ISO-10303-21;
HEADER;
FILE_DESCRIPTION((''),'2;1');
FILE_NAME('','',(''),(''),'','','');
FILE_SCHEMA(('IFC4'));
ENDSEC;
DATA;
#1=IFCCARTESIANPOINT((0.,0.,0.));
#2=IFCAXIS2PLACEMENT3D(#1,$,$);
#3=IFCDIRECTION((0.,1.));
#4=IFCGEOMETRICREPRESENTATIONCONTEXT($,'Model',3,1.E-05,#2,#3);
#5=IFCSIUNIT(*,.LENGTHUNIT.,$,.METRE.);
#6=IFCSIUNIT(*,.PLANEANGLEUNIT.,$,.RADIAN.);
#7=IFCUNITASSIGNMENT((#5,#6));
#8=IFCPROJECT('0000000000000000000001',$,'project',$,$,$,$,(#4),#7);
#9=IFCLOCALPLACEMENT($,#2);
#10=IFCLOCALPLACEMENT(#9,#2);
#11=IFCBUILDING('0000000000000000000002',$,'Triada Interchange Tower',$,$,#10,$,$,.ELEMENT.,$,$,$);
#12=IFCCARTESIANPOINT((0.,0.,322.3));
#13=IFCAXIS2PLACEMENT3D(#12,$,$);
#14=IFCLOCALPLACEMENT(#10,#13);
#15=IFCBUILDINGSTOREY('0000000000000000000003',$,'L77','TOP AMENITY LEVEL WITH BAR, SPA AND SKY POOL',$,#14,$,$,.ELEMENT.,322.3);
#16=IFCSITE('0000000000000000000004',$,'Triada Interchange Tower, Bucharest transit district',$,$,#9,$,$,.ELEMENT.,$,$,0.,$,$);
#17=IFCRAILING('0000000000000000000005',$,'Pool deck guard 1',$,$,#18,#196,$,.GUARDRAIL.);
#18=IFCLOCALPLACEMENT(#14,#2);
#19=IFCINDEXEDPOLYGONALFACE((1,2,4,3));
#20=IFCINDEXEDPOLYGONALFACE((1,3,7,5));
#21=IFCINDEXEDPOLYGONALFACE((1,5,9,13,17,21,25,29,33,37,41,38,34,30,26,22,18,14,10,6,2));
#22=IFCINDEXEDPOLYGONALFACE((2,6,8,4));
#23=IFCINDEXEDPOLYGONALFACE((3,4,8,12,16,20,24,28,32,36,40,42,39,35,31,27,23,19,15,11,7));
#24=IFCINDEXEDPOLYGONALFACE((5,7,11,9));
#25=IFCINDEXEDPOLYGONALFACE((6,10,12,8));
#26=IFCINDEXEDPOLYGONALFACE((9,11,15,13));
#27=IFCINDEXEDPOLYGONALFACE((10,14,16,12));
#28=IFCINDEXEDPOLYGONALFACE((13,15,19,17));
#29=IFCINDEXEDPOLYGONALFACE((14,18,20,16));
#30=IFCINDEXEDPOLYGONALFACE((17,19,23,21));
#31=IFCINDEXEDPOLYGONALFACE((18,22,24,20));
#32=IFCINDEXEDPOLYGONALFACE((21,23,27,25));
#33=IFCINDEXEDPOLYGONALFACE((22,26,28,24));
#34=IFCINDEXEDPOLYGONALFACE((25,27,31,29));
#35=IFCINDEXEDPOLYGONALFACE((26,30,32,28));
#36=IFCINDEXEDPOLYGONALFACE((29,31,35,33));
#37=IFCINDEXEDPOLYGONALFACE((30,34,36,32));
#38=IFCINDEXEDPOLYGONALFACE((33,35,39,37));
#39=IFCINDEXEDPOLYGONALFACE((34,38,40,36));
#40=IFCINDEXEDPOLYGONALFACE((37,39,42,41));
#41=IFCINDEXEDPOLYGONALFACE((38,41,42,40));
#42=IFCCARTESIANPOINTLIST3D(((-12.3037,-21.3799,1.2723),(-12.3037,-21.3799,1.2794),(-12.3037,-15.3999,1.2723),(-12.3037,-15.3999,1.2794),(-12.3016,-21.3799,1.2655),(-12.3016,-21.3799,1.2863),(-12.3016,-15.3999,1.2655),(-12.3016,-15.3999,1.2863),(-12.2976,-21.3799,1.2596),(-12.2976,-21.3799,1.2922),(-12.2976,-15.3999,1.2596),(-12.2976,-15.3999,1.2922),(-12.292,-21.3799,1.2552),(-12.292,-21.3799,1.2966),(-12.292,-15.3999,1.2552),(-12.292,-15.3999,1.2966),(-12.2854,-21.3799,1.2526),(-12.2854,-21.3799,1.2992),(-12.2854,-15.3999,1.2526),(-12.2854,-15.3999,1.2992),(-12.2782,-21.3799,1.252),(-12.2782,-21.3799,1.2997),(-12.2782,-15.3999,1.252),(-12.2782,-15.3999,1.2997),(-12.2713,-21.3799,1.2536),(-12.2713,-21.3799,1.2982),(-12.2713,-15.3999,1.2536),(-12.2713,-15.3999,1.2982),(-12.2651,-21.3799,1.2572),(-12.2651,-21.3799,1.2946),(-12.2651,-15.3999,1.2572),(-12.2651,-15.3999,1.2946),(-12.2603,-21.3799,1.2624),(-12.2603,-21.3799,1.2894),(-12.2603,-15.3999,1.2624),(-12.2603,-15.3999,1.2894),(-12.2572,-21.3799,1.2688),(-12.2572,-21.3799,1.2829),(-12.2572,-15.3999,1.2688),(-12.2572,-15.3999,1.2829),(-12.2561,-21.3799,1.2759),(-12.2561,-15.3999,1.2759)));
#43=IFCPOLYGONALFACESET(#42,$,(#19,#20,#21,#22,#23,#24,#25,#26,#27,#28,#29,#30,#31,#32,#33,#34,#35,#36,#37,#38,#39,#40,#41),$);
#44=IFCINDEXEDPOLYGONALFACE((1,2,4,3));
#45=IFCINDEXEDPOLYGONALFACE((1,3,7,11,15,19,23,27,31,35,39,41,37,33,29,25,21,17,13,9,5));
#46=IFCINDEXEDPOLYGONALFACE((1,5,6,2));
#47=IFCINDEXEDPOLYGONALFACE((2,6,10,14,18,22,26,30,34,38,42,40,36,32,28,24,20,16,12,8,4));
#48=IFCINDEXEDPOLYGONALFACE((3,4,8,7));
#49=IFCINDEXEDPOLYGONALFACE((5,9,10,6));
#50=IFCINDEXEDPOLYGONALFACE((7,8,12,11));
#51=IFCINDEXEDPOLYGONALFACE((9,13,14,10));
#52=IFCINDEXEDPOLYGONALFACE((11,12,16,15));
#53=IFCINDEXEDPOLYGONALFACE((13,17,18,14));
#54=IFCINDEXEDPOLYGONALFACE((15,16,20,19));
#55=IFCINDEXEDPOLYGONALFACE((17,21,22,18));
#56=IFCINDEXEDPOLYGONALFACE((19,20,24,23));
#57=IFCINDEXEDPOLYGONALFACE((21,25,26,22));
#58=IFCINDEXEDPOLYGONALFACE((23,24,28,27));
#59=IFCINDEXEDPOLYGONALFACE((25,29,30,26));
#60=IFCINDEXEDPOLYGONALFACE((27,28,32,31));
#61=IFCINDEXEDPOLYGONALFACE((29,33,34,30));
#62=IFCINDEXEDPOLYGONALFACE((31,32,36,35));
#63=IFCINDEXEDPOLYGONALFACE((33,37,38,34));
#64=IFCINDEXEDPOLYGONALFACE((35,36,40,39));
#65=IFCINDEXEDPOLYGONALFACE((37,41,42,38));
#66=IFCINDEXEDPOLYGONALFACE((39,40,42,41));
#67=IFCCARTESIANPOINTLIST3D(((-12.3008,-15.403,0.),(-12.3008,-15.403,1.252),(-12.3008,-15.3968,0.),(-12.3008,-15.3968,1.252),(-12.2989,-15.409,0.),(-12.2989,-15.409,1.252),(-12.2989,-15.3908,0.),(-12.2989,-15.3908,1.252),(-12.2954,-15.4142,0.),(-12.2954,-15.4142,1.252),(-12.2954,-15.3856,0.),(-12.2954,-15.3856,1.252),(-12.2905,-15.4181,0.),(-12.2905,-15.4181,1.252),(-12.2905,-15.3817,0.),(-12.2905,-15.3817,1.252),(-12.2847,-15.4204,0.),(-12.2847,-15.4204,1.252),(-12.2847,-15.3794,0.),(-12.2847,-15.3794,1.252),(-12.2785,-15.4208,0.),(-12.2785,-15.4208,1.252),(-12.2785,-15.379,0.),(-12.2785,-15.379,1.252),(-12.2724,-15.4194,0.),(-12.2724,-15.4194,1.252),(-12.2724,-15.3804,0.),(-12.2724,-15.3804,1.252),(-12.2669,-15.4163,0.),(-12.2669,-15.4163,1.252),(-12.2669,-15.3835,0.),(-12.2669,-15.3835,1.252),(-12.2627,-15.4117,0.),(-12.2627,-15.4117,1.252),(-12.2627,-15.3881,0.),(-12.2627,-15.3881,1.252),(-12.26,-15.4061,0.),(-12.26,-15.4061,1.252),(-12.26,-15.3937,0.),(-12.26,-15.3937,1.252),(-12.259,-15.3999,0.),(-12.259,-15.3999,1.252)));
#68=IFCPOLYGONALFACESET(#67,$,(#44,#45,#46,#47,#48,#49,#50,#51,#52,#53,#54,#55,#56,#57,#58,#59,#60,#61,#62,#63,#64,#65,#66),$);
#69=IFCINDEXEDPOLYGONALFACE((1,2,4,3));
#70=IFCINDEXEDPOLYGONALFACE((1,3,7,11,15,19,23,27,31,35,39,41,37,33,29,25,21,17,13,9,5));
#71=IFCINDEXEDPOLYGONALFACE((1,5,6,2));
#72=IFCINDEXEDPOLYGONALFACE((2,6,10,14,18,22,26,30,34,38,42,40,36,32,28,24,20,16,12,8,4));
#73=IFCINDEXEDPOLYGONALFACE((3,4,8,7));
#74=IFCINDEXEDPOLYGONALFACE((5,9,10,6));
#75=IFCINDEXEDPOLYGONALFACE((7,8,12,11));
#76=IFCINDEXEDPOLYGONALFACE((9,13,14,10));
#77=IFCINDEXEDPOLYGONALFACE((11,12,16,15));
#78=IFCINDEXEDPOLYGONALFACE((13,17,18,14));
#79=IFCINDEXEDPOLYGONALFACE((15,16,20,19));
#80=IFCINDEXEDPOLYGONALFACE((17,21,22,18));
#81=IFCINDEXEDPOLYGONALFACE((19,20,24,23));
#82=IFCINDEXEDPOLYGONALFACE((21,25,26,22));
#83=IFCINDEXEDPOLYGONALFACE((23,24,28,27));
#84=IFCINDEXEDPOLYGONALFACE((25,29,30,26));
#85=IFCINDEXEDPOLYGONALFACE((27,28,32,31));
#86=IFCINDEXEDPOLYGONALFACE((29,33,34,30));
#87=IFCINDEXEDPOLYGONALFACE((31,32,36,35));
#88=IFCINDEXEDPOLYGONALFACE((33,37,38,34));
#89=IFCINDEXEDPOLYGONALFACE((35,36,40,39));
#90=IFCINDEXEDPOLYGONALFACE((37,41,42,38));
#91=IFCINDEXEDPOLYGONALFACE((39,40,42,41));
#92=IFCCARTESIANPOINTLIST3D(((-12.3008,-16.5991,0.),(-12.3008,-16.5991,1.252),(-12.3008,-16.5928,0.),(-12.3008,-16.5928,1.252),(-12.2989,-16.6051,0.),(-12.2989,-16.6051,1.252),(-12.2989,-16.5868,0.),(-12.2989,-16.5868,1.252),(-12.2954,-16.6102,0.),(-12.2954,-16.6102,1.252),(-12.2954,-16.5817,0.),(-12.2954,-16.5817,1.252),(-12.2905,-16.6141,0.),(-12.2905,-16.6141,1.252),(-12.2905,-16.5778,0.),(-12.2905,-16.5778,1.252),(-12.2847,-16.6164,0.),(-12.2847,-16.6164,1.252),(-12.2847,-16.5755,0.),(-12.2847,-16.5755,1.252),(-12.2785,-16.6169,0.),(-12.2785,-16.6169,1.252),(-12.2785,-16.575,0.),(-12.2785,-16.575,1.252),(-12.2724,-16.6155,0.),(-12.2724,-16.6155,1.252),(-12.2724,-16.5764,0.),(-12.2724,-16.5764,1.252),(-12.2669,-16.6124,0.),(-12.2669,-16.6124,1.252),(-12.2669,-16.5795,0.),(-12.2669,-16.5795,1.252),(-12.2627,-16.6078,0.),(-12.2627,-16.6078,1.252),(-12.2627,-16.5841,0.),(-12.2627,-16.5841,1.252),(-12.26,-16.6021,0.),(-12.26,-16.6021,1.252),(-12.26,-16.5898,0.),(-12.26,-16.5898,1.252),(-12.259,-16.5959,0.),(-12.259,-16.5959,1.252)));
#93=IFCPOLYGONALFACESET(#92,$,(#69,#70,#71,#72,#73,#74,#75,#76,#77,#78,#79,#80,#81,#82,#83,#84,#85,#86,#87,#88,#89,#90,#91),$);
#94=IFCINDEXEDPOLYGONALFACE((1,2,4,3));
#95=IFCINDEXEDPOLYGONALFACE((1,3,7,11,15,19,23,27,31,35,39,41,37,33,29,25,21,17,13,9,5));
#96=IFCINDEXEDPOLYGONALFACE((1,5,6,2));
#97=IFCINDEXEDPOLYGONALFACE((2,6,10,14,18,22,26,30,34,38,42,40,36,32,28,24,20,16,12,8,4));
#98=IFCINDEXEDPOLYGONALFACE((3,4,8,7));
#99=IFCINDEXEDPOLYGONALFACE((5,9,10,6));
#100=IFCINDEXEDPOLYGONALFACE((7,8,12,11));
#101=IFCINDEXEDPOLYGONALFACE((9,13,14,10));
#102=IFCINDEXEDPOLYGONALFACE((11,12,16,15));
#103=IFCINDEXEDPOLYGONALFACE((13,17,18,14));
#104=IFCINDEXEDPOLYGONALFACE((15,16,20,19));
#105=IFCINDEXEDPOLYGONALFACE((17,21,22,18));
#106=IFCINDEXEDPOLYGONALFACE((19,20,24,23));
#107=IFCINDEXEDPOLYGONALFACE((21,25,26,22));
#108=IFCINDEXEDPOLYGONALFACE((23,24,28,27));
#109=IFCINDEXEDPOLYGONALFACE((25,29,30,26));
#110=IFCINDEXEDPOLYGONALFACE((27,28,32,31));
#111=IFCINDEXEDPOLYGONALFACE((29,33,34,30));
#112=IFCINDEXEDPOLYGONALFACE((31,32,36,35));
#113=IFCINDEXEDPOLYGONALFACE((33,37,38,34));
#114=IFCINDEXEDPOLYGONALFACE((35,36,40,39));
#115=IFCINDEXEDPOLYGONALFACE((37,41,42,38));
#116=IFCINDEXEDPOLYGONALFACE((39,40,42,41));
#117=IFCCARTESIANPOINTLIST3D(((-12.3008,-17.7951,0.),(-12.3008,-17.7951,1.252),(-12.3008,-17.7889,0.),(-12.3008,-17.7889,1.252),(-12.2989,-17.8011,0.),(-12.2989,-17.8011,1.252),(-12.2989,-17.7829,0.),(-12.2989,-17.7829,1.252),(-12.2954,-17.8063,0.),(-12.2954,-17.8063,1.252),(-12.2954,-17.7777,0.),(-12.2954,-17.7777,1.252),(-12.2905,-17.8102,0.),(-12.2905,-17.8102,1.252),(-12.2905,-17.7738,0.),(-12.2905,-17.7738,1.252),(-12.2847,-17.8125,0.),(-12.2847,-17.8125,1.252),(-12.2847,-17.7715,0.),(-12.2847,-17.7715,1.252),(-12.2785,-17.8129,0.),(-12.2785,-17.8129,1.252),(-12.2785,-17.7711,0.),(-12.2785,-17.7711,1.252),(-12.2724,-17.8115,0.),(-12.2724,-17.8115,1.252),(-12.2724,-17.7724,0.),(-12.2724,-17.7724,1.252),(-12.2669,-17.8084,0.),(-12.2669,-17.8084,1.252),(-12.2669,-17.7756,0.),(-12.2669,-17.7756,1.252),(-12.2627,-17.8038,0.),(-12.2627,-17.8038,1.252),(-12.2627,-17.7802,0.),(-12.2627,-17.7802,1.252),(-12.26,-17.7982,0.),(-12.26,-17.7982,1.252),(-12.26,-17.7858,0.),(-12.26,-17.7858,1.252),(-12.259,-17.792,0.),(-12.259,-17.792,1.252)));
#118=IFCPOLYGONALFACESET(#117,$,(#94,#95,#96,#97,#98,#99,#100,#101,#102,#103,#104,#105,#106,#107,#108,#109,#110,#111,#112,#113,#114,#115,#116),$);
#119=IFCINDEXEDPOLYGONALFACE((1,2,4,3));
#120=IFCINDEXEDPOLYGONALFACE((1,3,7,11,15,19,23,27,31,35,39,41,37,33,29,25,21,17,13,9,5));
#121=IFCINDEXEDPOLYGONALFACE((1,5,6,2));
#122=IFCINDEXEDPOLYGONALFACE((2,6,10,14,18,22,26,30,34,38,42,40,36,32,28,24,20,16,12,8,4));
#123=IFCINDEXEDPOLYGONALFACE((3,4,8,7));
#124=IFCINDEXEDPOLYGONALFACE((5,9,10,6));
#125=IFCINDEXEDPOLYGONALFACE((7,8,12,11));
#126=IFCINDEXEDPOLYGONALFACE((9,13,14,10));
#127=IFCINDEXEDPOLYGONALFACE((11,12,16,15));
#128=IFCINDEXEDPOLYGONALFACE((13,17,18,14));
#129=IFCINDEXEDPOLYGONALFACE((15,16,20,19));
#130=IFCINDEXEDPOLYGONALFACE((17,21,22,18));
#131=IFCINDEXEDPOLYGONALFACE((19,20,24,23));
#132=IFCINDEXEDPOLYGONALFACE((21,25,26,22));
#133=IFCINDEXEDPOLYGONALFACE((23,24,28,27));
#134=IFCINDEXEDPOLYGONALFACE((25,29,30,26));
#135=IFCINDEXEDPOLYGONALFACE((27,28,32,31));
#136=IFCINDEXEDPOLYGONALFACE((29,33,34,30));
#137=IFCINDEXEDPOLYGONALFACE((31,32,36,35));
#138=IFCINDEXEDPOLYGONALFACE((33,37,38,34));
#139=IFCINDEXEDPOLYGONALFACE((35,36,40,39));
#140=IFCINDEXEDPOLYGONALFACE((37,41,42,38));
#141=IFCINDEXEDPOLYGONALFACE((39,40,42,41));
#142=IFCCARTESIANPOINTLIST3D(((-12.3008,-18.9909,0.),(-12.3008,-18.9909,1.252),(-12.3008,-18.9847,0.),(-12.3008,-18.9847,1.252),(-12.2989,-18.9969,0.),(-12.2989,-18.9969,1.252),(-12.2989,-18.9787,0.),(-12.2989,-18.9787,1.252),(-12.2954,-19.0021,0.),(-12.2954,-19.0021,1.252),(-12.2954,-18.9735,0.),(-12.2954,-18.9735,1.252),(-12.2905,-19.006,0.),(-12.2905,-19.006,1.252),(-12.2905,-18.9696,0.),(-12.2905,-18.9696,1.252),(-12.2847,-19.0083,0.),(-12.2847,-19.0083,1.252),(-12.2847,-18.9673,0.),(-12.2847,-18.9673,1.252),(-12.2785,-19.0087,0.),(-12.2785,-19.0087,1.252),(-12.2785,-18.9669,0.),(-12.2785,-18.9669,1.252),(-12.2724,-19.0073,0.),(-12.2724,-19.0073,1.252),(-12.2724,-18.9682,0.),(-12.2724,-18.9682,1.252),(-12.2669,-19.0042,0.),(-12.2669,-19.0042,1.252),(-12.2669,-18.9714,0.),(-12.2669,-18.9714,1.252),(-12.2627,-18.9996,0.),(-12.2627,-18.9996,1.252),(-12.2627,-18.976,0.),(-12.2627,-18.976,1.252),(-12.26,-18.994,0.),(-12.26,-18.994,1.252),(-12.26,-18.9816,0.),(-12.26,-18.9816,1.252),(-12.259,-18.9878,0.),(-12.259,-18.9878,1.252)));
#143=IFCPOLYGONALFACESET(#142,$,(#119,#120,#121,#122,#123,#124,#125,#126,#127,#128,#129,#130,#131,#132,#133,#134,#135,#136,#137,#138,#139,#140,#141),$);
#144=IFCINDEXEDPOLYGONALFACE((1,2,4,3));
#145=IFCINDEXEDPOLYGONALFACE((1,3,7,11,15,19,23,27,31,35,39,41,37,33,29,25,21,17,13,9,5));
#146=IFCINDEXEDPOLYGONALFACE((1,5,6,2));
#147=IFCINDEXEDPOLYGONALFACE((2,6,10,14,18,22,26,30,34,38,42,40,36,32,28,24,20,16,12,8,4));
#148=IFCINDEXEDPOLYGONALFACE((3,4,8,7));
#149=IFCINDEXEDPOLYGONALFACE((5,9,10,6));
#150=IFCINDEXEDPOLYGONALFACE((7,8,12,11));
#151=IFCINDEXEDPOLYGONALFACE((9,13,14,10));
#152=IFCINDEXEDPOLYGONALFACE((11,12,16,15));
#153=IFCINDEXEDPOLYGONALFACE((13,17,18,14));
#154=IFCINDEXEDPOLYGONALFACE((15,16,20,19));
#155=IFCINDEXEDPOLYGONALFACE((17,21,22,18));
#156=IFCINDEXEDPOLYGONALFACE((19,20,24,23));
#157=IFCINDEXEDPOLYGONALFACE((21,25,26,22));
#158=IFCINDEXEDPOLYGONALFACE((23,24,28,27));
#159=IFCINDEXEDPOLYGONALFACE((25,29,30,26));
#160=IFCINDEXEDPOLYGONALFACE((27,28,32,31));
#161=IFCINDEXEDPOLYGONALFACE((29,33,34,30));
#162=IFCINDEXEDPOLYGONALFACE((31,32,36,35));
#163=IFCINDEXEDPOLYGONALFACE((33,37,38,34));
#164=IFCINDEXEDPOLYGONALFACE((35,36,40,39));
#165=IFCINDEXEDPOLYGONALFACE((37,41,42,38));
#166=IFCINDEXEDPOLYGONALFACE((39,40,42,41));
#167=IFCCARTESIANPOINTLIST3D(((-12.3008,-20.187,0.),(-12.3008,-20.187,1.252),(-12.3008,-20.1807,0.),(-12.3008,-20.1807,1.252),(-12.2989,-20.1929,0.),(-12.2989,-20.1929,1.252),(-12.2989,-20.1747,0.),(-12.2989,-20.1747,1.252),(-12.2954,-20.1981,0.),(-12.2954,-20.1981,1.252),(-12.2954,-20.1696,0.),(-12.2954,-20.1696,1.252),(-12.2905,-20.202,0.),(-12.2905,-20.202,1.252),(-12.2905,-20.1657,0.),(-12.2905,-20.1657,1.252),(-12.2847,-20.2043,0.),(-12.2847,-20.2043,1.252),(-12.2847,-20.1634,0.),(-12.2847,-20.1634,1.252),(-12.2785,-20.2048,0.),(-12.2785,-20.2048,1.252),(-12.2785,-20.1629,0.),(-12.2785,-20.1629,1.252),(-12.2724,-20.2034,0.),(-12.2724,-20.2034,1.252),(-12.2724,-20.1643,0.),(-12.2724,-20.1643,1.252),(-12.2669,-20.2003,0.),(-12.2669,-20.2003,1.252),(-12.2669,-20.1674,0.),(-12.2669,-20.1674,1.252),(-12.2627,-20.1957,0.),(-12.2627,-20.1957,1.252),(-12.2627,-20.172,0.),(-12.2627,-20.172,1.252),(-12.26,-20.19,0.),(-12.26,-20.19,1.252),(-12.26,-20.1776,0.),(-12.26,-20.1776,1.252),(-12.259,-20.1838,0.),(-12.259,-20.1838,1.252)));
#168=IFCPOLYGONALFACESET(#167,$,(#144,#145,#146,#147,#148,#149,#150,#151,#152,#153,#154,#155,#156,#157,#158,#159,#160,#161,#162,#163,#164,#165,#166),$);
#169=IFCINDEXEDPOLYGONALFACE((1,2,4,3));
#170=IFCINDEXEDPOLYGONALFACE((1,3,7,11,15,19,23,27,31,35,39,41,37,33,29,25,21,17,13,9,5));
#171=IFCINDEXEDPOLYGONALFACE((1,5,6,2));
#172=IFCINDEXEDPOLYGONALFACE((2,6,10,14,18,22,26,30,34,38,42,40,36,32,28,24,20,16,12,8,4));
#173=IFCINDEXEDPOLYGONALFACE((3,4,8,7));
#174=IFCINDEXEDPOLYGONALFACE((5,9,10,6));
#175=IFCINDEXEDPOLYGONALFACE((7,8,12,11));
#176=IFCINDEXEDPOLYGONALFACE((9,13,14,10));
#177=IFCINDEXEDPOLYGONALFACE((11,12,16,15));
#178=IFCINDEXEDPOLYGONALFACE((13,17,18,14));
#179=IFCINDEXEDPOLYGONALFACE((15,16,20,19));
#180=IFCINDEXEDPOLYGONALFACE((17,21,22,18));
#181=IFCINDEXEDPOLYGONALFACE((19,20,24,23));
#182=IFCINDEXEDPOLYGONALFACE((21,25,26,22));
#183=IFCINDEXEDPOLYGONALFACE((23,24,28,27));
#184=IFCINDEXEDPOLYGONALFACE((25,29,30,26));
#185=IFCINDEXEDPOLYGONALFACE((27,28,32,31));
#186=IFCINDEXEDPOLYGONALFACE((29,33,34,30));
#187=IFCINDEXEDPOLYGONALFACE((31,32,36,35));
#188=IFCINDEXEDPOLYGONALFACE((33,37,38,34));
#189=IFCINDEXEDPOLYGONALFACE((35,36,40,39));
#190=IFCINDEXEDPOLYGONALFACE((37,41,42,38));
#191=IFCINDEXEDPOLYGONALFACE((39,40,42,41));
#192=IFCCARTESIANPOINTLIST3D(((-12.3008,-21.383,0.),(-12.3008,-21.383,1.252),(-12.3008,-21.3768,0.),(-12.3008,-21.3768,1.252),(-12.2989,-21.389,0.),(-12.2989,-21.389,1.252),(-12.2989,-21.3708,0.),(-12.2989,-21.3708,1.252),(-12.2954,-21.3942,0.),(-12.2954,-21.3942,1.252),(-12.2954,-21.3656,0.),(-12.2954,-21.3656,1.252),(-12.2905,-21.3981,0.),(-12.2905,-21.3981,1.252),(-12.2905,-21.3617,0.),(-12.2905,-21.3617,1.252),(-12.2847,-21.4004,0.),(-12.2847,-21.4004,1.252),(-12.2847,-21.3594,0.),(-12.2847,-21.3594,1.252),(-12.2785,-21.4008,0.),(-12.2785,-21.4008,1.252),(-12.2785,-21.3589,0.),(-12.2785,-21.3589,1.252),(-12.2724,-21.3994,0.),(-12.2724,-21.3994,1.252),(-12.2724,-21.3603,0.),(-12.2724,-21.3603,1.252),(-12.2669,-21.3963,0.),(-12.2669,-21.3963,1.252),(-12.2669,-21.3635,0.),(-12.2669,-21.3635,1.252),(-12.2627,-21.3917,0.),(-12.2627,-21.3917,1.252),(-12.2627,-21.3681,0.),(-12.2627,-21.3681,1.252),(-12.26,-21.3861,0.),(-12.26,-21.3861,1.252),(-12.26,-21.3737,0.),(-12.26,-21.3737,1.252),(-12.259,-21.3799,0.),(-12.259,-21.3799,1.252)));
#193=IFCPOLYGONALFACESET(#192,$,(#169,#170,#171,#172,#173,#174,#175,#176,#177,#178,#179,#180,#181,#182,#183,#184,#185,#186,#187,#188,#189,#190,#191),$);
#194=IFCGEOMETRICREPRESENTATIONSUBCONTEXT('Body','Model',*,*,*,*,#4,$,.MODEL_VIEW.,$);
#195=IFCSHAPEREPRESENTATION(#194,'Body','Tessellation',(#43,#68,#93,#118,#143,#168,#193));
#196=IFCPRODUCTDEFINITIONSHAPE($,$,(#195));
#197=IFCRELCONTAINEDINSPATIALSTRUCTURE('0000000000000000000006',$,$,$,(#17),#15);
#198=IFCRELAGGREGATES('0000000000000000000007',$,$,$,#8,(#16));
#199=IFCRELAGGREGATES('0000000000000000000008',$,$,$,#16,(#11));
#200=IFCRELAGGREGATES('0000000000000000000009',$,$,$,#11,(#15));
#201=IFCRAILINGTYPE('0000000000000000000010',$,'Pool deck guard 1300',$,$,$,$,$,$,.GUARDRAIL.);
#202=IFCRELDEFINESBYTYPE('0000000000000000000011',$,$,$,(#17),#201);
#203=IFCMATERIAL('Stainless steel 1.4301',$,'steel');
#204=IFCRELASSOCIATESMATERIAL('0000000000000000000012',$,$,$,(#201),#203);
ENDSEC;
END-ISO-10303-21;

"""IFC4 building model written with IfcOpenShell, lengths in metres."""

from ifc_helpers import new_model, si_unit, direction, frame, origin, origin_2d, place, context, subcontext, project, spatial, circle, extrude, material, type_object, element, save


model = new_model("IFC4")

# Units and contexts
model_context = context("Model", 3, precision=1e-05, world=origin(), true_north=direction((0.0, 1.0)))
body_context = subcontext(model_context, "Body", "Model", "MODEL_VIEW")
ifc_project = project(units=[si_unit("LENGTHUNIT", "METRE"), si_unit("PLANEANGLEUNIT", "RADIAN")], contexts=[model_context])

# Site, building, storey
site_placement = place(None, origin())
site = spatial("IfcSite", under=ifc_project, at=site_placement, Name="Triada Interchange Tower, Bucharest transit district", CompositionType="ELEMENT", RefElevation=0.0)
building_placement = place(site_placement, origin())
building = spatial("IfcBuilding", under=site, at=building_placement, Name="Triada Interchange Tower", CompositionType="ELEMENT")
storey_placement = place(building_placement, frame((0.0, 0.0, 322.3)))
storey = spatial("IfcBuildingStorey", under=building, at=storey_placement, Name="L77", Description="TOP AMENITY LEVEL WITH BAR, SPA AND SKY POOL", CompositionType="ELEMENT", Elevation=322.3)

# Railing
ifc_material_1 = material(Name="Stainless steel 1.4301", Category="steel")
railing_type = type_object("IfcRailingType", Name="Pool deck guard 1300", PredefinedType="GUARDRAIL", material=ifc_material_1)
railing_1_placement = place(storey_placement, frame((-12.28, -15.3999, 0.0)))
element("IfcRailing", 1, at=railing_1_placement, inside=storey, type_object=railing_type, Name="Pool deck guard 1", PredefinedType="GUARDRAIL", context=body_context, shape_type="SweptSolid", body=[
    extrude(circle(Radius=0.0239, at=origin_2d()), frame((0.0, 0.0, 1.2759), z_axis=(0.0, -1.0, 0.0), x_axis=(1.0, 0.0, 0.0)), (0.0, 0.0, 1.0), 5.98),
    extrude(circle(Radius=0.021, at=origin_2d()), origin(), (0.0, 0.0, 1.0), 1.252),
    extrude(circle(Radius=0.021, at=origin_2d()), frame((0.0, -1.196, 0.0)), (0.0, 0.0, 1.0), 1.252),
    extrude(circle(Radius=0.021, at=origin_2d()), frame((0.0, -2.3921, 0.0)), (0.0, 0.0, 1.0), 1.252),
    extrude(circle(Radius=0.021, at=origin_2d()), frame((0.0, -3.5879, 0.0)), (0.0, 0.0, 1.0), 1.252),
    extrude(circle(Radius=0.021, at=origin_2d()), frame((0.0, -4.7839, 0.0)), (0.0, 0.0, 1.0), 1.252),
    extrude(circle(Radius=0.021, at=origin_2d()), frame((0.0, -5.98, 0.0)), (0.0, 0.0, 1.0), 1.252),
])

save(model, "model.ifc")
